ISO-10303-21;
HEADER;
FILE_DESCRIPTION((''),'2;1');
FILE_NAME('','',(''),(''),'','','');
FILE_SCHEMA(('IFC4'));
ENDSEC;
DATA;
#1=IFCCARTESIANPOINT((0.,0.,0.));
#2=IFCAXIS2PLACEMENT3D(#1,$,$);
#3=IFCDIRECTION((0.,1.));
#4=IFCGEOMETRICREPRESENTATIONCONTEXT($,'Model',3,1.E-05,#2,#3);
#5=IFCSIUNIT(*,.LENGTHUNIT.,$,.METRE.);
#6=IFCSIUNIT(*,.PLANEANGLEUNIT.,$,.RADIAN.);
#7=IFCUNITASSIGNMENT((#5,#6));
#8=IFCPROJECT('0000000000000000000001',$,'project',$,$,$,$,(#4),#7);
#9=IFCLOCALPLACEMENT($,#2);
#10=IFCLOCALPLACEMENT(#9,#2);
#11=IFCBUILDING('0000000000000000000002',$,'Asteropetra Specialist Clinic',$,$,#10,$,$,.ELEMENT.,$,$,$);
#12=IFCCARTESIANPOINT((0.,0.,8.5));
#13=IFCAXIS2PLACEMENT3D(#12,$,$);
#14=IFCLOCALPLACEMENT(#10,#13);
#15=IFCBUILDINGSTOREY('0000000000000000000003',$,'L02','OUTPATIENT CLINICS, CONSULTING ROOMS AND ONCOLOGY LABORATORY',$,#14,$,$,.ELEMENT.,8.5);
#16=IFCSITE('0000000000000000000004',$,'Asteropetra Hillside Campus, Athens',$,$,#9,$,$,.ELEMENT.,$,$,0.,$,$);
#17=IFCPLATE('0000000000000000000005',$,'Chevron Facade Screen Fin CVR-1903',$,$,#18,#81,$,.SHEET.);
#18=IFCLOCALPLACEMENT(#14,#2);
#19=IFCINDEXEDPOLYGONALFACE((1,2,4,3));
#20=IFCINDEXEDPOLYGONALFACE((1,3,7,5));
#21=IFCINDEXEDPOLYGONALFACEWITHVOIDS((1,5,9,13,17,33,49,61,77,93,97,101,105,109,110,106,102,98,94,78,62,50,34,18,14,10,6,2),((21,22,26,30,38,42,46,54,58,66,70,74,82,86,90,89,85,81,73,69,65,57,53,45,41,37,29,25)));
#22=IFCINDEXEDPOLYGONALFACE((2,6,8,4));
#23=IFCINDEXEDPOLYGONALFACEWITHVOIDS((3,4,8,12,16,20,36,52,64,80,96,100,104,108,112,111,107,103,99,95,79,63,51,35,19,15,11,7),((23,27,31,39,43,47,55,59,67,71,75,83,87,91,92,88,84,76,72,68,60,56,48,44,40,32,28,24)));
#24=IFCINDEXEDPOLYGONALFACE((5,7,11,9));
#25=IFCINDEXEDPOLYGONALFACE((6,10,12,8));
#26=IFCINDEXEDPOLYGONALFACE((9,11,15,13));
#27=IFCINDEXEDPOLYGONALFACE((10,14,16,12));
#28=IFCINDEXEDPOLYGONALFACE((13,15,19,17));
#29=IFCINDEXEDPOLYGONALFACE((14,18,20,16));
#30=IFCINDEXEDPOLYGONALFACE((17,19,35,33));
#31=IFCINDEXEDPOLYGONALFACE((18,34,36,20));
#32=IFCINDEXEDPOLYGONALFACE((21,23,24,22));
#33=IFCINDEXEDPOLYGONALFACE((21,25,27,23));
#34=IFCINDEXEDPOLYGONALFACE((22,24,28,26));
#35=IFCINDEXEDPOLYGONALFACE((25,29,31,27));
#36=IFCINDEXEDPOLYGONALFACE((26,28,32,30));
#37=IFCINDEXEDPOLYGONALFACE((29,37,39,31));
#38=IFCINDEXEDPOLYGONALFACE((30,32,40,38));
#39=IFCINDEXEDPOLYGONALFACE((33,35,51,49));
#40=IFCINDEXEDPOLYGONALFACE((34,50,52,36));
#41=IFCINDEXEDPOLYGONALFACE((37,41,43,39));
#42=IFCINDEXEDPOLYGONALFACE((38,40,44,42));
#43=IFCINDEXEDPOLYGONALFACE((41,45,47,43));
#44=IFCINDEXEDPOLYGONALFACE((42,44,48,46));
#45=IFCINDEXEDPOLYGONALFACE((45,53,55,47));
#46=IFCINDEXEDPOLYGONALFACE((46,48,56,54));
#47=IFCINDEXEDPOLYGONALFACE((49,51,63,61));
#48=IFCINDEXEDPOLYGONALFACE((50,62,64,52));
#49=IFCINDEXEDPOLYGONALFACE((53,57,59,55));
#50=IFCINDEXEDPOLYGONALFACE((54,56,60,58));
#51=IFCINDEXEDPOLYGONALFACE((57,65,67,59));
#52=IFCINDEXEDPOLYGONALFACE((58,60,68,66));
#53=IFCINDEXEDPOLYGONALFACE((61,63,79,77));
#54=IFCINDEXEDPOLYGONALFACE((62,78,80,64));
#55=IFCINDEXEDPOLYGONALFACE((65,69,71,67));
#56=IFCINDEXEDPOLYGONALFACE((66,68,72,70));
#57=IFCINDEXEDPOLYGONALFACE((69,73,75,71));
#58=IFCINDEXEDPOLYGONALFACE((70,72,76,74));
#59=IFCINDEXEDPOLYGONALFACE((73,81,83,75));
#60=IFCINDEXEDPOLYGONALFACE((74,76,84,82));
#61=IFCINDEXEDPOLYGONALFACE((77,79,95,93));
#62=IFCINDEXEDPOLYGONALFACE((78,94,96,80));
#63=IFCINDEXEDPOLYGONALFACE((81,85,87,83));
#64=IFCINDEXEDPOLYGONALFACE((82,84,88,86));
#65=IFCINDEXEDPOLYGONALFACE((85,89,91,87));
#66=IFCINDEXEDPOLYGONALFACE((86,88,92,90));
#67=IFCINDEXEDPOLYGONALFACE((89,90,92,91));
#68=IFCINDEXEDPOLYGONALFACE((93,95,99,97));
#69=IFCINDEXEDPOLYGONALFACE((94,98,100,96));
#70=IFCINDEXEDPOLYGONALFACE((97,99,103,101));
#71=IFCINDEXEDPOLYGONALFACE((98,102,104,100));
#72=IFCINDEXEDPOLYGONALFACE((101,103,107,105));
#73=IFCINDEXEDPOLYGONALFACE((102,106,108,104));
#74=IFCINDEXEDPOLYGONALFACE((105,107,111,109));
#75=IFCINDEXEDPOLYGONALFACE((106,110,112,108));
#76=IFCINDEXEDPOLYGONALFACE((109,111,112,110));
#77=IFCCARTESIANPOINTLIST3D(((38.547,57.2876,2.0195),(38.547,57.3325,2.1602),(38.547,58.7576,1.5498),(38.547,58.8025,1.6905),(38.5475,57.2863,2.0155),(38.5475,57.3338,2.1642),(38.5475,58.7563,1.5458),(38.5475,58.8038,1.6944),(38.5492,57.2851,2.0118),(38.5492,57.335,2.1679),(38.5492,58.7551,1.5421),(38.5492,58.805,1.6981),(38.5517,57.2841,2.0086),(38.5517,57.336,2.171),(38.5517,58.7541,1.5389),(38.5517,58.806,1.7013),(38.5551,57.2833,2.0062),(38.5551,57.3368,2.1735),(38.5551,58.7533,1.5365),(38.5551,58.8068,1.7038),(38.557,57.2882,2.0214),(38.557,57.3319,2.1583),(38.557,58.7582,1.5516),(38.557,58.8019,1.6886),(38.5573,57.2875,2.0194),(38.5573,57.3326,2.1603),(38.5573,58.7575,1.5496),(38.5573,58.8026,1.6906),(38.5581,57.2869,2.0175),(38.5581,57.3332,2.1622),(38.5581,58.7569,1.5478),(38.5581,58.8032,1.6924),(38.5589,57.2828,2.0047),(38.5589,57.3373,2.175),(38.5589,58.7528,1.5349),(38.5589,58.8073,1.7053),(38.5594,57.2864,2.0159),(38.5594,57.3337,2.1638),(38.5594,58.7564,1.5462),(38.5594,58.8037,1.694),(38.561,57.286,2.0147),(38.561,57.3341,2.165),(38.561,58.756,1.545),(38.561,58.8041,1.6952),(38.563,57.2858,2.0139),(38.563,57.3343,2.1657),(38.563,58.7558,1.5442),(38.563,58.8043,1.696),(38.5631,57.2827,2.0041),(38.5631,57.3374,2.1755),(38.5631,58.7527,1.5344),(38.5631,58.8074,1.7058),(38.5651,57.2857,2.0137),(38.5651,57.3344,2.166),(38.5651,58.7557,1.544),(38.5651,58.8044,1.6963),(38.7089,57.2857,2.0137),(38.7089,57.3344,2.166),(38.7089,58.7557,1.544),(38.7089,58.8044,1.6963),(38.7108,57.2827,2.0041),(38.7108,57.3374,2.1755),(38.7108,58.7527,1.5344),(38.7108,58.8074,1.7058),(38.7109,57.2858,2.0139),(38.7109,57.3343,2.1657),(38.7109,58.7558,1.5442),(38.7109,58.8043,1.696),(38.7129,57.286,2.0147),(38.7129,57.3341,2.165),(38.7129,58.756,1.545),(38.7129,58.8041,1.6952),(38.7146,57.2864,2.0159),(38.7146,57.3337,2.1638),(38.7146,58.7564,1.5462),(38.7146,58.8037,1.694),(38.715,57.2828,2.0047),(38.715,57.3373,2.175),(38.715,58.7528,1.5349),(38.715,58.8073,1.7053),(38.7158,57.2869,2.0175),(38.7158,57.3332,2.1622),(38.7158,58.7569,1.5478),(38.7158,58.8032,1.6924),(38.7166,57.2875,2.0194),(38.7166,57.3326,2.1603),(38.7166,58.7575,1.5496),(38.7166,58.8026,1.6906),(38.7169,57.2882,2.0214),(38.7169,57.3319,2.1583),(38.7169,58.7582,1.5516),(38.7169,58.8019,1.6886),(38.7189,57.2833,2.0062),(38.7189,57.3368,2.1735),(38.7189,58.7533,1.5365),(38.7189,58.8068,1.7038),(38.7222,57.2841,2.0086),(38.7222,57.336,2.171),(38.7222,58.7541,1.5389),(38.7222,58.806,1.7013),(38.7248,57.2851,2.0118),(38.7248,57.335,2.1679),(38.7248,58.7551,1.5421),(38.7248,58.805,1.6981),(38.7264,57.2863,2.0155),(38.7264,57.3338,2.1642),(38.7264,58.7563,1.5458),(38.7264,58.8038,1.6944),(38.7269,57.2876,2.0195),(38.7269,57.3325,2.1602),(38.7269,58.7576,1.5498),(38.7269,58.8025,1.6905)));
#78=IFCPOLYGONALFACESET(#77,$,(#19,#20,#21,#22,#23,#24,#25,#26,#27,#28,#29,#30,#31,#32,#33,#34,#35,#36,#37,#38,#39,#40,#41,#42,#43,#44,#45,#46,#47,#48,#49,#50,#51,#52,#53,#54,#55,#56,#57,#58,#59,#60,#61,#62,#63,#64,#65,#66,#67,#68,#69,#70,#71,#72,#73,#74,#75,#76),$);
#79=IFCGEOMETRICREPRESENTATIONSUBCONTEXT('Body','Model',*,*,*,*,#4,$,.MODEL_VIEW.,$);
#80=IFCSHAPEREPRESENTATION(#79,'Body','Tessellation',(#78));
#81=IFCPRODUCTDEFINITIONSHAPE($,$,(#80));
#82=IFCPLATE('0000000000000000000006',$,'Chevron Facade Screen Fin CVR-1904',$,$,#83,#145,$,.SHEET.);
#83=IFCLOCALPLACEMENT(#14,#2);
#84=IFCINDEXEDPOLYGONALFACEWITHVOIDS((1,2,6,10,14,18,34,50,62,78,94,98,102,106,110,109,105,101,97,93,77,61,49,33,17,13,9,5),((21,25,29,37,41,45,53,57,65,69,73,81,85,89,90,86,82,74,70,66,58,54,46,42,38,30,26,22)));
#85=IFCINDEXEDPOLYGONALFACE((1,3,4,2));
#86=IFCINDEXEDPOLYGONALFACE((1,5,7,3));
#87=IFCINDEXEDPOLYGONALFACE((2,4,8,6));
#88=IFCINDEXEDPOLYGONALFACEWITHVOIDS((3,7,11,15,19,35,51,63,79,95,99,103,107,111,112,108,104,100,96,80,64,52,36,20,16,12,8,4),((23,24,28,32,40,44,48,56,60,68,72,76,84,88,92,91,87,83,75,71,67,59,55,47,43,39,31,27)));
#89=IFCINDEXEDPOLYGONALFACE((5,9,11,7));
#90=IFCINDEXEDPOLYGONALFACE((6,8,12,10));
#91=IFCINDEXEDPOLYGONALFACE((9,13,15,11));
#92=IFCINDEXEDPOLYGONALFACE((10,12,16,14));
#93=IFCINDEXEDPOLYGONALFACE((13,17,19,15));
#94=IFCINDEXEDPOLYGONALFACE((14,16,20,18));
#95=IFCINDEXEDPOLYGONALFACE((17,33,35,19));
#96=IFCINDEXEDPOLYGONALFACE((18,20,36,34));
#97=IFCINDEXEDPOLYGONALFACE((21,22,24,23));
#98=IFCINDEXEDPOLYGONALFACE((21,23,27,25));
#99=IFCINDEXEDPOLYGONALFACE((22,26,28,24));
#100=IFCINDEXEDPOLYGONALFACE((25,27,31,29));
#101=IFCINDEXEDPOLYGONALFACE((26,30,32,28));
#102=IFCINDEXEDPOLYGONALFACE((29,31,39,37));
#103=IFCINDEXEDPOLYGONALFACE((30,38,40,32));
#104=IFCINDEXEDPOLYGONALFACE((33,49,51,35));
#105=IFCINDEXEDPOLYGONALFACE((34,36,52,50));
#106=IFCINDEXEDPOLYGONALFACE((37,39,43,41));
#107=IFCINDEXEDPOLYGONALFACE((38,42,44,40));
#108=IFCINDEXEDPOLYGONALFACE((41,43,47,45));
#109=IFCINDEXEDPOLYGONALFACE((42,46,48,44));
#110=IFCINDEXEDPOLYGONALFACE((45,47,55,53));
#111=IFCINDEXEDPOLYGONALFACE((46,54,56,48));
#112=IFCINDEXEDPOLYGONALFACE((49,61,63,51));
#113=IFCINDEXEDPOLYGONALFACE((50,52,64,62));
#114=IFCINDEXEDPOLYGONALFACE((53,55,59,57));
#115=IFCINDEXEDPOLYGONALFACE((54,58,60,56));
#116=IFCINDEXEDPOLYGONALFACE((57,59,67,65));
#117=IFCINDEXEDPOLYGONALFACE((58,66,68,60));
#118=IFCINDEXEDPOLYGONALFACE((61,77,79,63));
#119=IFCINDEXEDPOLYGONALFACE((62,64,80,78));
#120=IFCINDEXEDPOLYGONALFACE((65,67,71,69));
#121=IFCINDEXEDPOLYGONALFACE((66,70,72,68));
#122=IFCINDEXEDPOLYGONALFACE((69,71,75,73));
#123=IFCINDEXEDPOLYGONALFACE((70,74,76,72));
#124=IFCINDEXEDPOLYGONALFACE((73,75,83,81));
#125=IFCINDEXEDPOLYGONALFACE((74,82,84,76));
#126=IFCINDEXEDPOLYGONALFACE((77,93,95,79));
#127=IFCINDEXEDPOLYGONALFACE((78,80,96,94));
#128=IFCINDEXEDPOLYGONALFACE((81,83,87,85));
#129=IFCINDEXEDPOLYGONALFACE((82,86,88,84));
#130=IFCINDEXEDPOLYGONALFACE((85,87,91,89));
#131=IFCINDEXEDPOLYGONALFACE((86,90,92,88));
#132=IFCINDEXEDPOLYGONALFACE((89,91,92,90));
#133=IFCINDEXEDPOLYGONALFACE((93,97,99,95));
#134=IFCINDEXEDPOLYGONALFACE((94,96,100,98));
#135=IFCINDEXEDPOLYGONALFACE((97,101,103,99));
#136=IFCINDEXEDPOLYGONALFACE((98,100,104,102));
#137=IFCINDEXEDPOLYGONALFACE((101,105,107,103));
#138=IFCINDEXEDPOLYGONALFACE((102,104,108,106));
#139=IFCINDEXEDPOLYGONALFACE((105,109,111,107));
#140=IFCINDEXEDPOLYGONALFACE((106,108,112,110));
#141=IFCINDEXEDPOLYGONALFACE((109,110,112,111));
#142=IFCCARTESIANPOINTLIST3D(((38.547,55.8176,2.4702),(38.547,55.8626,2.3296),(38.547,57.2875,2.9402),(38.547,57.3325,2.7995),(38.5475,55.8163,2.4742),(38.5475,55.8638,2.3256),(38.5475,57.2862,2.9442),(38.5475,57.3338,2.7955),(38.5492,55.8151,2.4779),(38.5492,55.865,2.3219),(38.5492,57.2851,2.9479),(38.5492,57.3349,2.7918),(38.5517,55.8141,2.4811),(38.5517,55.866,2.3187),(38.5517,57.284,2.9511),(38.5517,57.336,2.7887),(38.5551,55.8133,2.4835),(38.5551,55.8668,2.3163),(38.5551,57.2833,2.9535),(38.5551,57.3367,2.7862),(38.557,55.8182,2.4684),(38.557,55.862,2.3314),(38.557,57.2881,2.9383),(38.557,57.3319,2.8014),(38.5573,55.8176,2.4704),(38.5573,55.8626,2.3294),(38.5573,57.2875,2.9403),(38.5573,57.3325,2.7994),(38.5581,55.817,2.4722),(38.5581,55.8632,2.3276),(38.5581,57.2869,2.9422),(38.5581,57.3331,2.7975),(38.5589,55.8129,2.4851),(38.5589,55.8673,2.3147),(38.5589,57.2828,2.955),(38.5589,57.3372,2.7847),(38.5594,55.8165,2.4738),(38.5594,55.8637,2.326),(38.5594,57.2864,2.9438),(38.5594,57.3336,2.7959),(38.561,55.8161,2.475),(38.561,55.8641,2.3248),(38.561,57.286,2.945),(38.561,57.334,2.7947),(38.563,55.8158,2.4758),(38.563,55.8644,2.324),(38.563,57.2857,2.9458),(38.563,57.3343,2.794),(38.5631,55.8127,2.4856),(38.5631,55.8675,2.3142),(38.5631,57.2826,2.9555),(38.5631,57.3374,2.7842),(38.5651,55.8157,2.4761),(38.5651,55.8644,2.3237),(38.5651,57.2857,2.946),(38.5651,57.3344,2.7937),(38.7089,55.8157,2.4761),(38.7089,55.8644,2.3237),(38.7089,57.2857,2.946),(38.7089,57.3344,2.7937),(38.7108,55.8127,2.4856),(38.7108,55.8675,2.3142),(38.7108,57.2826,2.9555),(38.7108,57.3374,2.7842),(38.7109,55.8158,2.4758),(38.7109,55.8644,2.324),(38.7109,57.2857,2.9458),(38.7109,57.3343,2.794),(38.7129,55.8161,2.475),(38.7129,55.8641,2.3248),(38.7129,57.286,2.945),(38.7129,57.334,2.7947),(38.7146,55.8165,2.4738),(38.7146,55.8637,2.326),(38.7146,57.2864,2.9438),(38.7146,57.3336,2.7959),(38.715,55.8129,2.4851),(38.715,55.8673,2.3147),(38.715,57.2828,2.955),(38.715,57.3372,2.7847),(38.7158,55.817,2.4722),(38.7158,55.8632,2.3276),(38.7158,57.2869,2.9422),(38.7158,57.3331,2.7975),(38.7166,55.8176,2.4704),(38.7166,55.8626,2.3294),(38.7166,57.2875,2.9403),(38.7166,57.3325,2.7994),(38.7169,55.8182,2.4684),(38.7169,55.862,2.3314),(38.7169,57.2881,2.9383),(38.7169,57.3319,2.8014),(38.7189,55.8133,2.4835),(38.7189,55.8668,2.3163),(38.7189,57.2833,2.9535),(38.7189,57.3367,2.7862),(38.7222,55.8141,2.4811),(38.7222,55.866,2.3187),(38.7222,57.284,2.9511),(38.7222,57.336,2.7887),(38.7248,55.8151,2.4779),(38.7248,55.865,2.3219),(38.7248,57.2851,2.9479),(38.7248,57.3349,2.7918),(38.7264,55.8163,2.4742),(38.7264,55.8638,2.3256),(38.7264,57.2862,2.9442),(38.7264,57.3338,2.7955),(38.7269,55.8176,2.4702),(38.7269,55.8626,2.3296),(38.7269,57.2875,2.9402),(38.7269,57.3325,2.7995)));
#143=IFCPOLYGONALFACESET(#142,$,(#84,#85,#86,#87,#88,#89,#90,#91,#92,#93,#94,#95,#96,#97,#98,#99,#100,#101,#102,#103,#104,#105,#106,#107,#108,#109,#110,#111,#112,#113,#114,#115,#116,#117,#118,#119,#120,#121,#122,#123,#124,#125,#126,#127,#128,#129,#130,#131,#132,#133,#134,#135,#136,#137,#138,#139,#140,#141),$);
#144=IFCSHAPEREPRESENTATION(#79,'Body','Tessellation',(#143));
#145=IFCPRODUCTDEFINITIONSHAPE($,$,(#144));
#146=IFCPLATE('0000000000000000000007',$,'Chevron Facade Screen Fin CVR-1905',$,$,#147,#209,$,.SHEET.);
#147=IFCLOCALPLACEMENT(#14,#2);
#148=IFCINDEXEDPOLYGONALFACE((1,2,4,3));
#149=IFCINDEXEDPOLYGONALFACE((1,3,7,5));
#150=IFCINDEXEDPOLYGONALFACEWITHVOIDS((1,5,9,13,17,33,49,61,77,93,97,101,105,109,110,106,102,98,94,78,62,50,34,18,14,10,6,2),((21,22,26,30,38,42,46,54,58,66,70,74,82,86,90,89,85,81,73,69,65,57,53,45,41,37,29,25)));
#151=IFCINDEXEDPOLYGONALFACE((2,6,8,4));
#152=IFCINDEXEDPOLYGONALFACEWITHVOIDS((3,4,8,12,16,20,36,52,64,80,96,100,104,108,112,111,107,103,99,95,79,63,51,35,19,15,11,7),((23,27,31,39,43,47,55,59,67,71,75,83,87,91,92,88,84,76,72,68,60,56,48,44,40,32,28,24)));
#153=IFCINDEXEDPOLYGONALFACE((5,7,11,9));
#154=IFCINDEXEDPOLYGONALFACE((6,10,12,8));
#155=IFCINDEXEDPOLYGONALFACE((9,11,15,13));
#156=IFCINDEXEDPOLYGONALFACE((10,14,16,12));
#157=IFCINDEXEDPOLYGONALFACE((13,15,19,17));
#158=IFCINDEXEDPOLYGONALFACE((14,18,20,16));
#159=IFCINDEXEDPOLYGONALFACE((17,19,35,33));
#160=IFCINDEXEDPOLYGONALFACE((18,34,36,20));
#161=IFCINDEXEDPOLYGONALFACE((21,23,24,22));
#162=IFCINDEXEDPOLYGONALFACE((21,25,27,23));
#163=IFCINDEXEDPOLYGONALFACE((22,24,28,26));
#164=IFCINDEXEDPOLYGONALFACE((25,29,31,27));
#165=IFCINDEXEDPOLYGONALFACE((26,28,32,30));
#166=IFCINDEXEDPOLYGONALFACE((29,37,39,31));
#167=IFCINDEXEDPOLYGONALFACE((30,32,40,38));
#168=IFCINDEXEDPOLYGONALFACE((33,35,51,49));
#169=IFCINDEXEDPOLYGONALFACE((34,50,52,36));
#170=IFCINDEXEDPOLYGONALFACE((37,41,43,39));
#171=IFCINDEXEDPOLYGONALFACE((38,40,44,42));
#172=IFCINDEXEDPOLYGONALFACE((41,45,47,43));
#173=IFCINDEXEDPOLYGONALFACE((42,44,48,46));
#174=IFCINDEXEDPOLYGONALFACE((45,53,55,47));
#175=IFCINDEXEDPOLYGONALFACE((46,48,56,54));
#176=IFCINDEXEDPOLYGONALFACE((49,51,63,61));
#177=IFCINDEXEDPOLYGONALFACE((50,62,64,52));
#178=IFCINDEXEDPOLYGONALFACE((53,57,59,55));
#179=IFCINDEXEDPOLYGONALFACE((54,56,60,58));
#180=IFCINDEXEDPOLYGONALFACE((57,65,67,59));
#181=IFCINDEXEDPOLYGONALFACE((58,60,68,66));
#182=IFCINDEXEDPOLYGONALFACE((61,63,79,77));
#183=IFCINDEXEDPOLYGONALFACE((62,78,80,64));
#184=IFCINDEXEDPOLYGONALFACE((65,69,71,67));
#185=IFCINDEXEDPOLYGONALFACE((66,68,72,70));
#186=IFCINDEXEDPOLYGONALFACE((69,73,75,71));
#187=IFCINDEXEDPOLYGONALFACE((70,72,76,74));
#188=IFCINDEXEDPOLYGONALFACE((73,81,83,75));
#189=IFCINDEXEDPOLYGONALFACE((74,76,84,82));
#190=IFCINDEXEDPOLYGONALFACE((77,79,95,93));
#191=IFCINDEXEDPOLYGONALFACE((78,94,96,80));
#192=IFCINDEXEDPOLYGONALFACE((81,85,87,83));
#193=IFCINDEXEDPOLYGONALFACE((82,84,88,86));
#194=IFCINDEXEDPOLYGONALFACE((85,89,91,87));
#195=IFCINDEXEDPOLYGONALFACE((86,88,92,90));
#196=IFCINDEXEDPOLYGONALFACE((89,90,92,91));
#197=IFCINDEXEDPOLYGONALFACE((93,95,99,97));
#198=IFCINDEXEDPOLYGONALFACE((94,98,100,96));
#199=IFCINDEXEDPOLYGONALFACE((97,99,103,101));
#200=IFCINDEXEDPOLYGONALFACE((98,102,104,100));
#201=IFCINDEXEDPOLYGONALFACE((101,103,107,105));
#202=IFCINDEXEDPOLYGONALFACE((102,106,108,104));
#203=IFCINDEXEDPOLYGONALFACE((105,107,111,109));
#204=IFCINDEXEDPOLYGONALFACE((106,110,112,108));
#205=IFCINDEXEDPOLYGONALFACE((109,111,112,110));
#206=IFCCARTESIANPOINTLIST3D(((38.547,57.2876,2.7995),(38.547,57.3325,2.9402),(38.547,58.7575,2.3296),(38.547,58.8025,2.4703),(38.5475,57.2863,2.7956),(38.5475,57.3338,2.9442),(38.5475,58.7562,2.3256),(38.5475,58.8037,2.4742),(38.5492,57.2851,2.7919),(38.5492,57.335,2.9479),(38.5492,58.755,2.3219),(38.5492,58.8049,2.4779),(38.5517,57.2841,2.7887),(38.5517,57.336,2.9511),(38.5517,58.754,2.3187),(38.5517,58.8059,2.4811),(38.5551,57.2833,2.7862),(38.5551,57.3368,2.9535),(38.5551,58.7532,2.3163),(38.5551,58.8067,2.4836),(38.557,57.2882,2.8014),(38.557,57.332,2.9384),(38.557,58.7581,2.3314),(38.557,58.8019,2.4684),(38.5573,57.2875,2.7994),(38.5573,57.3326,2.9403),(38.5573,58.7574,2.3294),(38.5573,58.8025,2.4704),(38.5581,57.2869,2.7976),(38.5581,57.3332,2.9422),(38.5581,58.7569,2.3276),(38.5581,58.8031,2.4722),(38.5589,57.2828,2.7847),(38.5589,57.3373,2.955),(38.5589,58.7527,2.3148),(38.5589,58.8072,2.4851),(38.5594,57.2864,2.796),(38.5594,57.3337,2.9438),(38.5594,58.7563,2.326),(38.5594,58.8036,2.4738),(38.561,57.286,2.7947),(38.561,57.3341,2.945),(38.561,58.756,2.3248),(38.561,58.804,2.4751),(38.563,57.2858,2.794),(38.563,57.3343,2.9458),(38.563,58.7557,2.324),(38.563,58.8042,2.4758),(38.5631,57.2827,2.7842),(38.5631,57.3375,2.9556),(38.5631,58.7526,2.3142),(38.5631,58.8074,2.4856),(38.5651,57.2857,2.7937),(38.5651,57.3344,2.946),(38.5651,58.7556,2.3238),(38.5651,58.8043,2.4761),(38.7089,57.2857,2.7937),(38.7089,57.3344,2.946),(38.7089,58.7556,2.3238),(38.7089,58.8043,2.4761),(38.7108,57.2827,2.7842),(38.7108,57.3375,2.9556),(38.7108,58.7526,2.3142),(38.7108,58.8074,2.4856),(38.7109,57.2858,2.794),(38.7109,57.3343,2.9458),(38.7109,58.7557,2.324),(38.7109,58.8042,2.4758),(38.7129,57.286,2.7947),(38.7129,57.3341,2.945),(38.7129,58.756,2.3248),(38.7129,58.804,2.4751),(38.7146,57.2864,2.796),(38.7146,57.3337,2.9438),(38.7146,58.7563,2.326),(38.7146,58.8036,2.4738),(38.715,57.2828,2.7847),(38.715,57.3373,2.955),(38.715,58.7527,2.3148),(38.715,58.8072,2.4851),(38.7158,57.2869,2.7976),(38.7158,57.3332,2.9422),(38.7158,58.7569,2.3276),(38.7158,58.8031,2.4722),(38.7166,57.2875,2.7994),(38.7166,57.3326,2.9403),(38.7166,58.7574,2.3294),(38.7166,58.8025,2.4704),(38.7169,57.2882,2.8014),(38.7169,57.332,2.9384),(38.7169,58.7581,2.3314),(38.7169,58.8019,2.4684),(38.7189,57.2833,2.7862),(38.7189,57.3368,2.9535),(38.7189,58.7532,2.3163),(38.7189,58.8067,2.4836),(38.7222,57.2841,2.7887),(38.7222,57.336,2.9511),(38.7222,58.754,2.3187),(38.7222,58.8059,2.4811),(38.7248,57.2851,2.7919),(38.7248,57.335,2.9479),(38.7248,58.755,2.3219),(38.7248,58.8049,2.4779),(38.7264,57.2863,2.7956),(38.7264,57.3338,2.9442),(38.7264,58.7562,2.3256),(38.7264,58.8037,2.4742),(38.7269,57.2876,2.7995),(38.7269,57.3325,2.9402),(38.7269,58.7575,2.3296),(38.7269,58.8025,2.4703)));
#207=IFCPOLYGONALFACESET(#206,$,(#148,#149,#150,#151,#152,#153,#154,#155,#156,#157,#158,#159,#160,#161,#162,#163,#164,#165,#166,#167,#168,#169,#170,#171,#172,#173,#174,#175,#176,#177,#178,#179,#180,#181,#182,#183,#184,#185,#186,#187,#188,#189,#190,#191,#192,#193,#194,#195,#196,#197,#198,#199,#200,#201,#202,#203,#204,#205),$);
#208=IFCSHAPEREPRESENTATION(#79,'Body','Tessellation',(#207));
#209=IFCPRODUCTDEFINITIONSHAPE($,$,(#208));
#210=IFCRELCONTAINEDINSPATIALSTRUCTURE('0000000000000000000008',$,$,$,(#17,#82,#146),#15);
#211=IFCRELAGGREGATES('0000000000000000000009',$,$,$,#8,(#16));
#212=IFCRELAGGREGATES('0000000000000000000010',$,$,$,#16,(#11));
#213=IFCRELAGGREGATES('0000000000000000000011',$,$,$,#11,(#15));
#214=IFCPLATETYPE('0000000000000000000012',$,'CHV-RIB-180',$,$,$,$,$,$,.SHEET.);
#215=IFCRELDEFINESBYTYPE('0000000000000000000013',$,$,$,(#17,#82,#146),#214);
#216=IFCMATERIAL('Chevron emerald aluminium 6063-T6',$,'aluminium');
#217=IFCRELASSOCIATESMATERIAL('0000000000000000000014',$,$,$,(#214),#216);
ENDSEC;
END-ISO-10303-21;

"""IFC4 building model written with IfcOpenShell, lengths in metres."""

from ifc_helpers import new_model, si_unit, direction, frame, origin, origin_2d, place, context, subcontext, project, spatial, hollow_rectangle, extrude, material, material_profile, profile_set, type_object, element, save


model = new_model("IFC4")

# Units and contexts
model_context = context("Model", 3, precision=1e-05, world=origin(), true_north=direction((0.0, 1.0)))
body_context = subcontext(model_context, "Body", "Model", "MODEL_VIEW")
ifc_project = project(units=[si_unit("LENGTHUNIT", "METRE"), si_unit("PLANEANGLEUNIT", "RADIAN")], contexts=[model_context])

# Site, building, storey
site_placement = place(None, origin())
site = spatial("IfcSite", under=ifc_project, at=site_placement, Name="Asteropetra Hillside Campus, Athens", CompositionType="ELEMENT", RefElevation=0.0)
building_placement = place(site_placement, origin())
building = spatial("IfcBuilding", under=site, at=building_placement, Name="Asteropetra Specialist Clinic", CompositionType="ELEMENT")
storey_placement = place(building_placement, frame((0.0, 0.0, 8.5)))
storey = spatial("IfcBuildingStorey", under=building, at=storey_placement, Name="L02", Description="OUTPATIENT CLINICS, CONSULTING ROOMS AND ONCOLOGY LABORATORY", CompositionType="ELEMENT", Elevation=8.5)

# Plates
ifc_material_1 = material(Name="Chevron emerald aluminium 6063-T6", Category="aluminium")
ifc_material_profile_1 = material_profile(ifc_material_1, hollow_rectangle(XDim=0.1799, YDim=0.1799, WallThickness=0.01, InnerFilletRadius=0.0081, OuterFilletRadius=0.0161, at=origin_2d()), Name="SHS 180x180x10.0")
ifc_profile_set_1 = profile_set([ifc_material_profile_1], Name="Chevron emerald aluminium 6063-T6")
plate_type_1 = type_object("IfcPlateType", Name="CHV-RIB-180", PredefinedType="SHEET", material=ifc_profile_set_1)
for number, where, z_axis, x_axis, name in (
    (1, (38.637, 57.3101, 2.0898), (0.0, 0.952549, -0.304385), (-1.0, 0.0, 0.0), "Chevron Facade Screen Fin CVR-1903"),
    (2, (38.637, 55.8401, 2.3999), (0.0, 0.952503, 0.304529), (-1.0, 0.0, 0.0), "Chevron Facade Screen Fin CVR-1904"),
    (3, (38.637, 57.3101, 2.8699), (0.0, 0.952503, -0.304529), (-1.0, 0.0, 0.0), "Chevron Facade Screen Fin CVR-1905"),
):
    element("IfcPlate", number, at=place(storey_placement, frame(where, z_axis=z_axis, x_axis=x_axis)), inside=storey, type_object=plate_type_1, Name=name, PredefinedType="SHEET", context=body_context, shape_type="SweptSolid", body=[
        extrude(hollow_rectangle(XDim=0.1799, YDim=0.1799, WallThickness=0.01, InnerFilletRadius=0.0081, OuterFilletRadius=0.0161, at=origin_2d()), origin(), (0.0, 0.0, 1.0), 1.5432),
    ])

save(model, "model.ifc")
